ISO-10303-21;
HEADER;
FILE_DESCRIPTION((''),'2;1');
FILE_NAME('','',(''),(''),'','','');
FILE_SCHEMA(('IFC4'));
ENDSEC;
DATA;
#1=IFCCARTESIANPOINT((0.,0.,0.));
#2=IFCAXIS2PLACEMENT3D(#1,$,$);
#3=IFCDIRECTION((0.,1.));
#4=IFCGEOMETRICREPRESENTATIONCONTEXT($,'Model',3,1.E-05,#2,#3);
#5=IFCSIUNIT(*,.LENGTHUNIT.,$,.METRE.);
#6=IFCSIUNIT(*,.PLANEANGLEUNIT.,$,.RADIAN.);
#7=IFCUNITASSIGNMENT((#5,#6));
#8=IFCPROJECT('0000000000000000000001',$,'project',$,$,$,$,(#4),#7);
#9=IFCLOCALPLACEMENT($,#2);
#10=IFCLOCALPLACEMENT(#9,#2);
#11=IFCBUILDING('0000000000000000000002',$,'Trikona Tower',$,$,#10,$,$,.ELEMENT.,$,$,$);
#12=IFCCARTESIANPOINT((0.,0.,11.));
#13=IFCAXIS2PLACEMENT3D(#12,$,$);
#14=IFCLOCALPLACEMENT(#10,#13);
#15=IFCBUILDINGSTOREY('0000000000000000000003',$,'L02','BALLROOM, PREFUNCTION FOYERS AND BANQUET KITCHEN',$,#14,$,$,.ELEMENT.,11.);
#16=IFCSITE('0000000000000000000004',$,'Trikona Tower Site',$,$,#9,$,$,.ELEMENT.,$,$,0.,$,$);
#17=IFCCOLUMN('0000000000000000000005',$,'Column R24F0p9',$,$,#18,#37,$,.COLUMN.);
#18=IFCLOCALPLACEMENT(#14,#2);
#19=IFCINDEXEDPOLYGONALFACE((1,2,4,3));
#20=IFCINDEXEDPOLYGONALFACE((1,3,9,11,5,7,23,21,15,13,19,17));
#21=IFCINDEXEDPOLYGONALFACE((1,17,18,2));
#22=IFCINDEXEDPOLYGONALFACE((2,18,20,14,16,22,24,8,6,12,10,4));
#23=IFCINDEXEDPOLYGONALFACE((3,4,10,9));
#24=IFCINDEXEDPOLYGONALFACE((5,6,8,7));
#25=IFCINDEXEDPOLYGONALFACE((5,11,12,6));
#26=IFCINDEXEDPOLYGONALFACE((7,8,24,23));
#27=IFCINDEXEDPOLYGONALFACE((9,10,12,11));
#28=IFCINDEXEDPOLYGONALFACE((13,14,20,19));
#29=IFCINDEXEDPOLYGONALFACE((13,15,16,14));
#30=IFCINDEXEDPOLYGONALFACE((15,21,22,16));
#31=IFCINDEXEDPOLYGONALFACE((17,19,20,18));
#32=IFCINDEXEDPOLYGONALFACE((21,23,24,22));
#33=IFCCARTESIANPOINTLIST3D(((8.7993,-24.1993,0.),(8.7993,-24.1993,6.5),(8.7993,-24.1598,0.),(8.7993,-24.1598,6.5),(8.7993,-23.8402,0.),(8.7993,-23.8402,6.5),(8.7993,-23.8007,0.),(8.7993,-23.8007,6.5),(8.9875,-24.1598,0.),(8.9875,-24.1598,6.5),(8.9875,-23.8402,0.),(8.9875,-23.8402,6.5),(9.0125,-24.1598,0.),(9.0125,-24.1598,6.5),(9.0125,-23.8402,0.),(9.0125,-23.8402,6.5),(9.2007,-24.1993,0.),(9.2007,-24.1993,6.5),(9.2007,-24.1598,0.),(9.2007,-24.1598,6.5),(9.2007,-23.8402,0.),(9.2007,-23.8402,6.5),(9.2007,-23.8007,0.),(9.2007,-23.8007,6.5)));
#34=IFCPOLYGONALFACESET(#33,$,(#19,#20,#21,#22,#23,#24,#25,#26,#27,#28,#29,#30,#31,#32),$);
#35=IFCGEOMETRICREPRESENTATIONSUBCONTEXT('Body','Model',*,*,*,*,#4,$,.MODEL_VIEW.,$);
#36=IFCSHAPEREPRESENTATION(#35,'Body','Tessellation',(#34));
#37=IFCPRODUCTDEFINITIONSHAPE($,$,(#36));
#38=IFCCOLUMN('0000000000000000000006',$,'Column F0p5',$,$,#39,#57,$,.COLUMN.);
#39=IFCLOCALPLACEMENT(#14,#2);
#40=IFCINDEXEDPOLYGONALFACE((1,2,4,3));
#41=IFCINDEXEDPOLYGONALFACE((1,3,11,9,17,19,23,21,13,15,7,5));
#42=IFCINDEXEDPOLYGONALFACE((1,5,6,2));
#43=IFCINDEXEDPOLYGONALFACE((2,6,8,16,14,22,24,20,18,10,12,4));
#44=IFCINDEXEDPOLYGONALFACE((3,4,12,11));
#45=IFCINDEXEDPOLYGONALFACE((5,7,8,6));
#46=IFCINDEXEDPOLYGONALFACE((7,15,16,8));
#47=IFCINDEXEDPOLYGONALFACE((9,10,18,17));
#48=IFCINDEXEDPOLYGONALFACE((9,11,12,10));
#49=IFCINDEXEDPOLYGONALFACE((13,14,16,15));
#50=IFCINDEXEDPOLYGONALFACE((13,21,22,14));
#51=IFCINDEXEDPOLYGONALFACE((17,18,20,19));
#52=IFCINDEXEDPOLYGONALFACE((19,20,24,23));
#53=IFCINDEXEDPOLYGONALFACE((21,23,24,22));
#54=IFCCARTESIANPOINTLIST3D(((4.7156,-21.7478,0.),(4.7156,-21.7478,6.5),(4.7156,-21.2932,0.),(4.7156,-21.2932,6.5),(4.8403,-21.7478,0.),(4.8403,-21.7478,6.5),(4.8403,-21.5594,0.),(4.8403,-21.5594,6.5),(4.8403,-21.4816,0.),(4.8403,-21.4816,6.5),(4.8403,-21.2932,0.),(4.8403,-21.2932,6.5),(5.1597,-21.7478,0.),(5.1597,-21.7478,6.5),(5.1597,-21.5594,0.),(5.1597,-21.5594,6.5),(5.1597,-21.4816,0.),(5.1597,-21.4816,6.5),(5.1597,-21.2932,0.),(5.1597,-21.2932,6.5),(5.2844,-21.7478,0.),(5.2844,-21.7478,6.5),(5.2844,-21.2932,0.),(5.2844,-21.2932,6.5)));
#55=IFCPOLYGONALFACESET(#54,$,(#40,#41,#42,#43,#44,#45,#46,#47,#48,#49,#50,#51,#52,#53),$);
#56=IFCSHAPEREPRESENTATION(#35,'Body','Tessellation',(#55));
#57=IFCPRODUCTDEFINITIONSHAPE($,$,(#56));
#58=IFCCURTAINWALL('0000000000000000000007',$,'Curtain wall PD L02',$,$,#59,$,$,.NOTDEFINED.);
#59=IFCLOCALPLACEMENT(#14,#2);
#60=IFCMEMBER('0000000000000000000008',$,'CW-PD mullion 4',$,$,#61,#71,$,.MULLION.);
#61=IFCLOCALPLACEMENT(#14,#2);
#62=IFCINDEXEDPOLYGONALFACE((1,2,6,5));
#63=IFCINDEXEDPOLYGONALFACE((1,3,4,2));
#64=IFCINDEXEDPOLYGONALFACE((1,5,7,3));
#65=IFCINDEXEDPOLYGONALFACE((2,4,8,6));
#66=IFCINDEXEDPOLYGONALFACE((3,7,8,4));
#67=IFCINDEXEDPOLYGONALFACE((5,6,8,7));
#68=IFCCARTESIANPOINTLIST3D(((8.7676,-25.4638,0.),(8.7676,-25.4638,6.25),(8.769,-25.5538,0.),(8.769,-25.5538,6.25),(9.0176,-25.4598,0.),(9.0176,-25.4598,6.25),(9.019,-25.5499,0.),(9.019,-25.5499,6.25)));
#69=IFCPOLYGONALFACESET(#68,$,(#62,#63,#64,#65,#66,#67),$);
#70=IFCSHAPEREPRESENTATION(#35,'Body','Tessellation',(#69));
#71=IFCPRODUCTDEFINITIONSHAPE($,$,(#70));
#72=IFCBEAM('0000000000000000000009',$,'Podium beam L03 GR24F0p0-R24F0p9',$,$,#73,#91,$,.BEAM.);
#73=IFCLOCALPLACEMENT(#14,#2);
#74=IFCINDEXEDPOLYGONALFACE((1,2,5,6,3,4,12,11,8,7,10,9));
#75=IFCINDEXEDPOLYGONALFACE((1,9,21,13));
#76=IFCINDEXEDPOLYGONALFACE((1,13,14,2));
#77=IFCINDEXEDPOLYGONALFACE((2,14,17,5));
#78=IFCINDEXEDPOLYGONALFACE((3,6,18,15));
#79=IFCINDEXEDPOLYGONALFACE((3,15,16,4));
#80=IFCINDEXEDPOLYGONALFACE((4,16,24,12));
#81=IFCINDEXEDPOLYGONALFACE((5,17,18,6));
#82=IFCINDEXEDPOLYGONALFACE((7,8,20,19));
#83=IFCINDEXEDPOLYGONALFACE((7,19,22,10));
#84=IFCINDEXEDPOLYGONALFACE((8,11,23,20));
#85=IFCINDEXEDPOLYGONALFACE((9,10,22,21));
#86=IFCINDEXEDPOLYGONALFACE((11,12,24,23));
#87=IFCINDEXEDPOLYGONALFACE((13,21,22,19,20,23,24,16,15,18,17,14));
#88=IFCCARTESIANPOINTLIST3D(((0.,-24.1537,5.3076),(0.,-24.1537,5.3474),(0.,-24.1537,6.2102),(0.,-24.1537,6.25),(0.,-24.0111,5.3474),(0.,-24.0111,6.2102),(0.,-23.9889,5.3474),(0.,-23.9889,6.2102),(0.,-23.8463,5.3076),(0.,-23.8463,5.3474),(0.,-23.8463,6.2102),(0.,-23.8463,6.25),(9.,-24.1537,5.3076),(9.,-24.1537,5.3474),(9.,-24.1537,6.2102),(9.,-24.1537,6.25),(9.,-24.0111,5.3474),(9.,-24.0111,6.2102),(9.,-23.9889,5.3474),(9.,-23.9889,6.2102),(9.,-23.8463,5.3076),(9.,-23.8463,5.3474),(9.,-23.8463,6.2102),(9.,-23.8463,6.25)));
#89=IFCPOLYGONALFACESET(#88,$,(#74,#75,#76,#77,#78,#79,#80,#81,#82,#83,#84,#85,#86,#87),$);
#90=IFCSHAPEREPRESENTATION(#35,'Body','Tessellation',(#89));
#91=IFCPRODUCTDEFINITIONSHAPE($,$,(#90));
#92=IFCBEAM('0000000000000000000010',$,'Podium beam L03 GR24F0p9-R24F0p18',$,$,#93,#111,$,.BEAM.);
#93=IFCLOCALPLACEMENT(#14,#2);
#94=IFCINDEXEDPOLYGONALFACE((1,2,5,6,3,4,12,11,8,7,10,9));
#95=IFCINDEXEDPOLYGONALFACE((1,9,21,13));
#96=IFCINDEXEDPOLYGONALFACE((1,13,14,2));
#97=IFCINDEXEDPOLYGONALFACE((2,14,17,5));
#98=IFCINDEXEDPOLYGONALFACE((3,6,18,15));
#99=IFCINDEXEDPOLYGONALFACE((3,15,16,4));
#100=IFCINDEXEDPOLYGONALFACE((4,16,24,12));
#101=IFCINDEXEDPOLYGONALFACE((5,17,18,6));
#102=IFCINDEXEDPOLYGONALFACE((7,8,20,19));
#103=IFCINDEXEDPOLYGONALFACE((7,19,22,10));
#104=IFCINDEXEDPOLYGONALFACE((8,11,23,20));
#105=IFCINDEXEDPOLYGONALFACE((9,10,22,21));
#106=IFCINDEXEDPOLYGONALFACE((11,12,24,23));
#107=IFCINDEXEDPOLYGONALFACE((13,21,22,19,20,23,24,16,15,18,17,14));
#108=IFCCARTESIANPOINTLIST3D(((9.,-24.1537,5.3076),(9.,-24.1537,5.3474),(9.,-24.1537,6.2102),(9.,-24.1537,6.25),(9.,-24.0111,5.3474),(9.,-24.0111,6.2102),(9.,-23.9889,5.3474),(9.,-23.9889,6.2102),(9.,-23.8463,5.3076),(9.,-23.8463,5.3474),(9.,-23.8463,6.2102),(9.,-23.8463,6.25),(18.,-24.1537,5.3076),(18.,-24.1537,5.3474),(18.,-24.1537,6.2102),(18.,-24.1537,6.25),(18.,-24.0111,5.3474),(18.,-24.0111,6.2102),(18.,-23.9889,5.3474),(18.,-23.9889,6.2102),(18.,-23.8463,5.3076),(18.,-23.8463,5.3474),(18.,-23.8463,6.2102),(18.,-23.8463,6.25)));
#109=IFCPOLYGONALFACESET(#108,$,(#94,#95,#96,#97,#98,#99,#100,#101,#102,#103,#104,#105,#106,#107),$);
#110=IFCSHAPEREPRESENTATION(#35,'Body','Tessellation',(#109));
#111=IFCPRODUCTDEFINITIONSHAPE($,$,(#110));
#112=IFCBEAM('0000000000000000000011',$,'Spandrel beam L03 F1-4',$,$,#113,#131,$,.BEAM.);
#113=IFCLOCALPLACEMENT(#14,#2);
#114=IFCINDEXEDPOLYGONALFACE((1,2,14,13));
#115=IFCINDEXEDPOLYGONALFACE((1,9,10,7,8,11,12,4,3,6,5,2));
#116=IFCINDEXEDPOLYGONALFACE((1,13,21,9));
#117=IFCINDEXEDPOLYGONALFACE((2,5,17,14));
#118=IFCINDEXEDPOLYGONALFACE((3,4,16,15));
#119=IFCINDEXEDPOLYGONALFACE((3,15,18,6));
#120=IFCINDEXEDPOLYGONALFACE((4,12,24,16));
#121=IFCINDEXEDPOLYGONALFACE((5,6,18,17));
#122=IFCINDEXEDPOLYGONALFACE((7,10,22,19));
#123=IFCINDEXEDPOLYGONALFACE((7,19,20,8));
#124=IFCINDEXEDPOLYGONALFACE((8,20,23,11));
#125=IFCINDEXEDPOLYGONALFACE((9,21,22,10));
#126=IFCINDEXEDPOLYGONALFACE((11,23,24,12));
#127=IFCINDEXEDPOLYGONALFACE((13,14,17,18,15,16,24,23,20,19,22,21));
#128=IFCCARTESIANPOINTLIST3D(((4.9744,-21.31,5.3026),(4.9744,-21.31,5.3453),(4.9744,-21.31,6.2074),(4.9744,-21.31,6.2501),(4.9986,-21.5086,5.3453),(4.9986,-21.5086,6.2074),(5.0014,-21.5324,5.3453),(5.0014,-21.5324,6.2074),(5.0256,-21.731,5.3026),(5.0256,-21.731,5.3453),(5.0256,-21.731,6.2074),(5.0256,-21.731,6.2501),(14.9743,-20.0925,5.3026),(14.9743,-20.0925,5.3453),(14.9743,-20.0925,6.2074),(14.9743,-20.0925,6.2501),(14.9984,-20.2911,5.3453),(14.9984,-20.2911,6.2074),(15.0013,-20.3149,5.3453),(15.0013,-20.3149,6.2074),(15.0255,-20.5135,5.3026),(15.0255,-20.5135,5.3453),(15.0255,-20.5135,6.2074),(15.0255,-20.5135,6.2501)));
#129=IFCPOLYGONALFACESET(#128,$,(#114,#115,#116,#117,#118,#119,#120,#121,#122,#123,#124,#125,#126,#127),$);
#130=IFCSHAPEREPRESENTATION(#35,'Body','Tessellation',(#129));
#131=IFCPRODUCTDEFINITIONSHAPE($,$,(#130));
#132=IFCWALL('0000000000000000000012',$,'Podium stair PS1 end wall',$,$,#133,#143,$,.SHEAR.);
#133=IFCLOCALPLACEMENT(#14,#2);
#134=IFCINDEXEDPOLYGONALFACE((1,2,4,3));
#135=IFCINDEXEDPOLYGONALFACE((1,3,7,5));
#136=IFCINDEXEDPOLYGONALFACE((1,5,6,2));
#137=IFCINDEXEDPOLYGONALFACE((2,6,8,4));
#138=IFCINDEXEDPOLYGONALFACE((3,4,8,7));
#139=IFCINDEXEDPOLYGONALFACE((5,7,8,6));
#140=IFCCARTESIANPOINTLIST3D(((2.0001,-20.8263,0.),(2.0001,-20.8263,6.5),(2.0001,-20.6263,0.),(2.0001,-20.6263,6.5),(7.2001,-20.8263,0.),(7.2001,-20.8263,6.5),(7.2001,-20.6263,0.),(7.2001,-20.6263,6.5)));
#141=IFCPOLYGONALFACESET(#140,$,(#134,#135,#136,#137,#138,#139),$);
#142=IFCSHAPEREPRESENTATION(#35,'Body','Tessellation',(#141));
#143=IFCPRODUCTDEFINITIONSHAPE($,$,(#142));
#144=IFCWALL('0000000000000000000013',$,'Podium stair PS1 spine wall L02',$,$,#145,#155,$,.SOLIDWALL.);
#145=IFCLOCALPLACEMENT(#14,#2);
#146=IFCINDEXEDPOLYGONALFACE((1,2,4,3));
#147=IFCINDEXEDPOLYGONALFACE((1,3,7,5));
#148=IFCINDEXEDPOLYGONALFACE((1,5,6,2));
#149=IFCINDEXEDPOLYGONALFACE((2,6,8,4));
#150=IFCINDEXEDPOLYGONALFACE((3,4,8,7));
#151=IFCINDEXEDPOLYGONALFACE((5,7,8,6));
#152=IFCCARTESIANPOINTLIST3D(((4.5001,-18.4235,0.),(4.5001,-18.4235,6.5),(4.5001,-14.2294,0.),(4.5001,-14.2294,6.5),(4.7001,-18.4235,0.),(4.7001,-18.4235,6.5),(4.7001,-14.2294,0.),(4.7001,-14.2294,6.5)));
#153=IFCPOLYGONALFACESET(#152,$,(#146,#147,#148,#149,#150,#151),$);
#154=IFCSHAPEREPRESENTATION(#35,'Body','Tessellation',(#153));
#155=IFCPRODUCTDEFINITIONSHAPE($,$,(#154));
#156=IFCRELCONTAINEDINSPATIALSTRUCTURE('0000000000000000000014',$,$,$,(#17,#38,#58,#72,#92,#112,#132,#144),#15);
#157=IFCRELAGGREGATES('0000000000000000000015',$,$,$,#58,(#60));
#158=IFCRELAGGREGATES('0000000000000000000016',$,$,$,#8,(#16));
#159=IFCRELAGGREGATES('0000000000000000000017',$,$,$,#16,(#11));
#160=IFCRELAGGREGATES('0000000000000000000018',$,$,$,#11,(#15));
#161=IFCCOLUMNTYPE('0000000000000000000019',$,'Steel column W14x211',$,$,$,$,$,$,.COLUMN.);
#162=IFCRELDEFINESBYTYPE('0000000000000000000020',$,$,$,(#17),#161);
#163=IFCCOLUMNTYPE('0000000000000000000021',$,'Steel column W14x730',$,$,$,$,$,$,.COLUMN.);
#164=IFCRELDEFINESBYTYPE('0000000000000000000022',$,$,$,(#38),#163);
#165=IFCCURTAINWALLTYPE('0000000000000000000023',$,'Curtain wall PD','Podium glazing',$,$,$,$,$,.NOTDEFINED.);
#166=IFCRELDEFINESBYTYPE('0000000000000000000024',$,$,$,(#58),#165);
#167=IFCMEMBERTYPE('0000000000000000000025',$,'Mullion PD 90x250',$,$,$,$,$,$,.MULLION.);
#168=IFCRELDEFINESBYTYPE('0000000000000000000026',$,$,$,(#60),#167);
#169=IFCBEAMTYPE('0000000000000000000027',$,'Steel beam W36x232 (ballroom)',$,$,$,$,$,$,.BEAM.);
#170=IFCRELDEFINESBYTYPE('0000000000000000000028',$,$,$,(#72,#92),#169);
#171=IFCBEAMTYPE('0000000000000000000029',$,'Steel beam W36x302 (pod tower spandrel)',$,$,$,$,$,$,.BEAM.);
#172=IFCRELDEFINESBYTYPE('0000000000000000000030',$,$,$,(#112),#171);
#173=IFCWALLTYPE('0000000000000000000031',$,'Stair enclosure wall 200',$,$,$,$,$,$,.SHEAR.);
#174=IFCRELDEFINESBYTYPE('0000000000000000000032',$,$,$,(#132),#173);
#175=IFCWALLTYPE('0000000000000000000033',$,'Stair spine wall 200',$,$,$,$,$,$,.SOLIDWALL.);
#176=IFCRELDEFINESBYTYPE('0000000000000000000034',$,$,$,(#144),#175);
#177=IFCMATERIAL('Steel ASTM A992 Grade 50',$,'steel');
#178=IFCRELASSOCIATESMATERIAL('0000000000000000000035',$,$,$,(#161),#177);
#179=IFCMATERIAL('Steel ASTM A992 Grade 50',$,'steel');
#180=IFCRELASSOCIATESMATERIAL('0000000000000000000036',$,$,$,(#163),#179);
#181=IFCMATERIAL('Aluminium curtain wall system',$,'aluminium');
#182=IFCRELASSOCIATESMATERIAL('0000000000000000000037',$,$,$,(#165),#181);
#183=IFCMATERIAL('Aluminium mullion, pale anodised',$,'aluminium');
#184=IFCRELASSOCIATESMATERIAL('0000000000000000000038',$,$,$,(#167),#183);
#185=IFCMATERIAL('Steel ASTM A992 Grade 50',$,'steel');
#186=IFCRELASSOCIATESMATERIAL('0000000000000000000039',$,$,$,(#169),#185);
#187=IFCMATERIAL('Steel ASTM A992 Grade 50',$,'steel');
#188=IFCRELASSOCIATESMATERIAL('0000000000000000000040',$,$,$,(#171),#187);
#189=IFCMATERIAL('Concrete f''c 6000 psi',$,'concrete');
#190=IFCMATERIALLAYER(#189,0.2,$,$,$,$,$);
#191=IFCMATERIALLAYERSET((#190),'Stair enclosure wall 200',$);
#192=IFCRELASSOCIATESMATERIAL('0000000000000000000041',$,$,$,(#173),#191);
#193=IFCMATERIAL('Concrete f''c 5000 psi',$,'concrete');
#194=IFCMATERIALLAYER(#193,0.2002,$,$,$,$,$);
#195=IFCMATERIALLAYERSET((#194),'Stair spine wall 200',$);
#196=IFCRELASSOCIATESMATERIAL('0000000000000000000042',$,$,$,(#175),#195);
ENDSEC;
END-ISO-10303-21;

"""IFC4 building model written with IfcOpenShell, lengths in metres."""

from ifc_helpers import new_model, si_unit, direction, frame, frame_2d, origin, origin_2d, place, context, subcontext, project, spatial, rectangle, i_section, extrude, material, layer, layer_set, material_profile, profile_set, type_object, element, aggregate, save


model = new_model("IFC4")

# Units and contexts
model_context = context("Model", 3, precision=1e-05, world=origin(), true_north=direction((0.0, 1.0)))
body_context = subcontext(model_context, "Body", "Model", "MODEL_VIEW")
ifc_project = project(units=[si_unit("LENGTHUNIT", "METRE"), si_unit("PLANEANGLEUNIT", "RADIAN")], contexts=[model_context])

# Site, building, storey
site_placement = place(None, origin())
site = spatial("IfcSite", under=ifc_project, at=site_placement, Name="Trikona Tower Site", CompositionType="ELEMENT", RefElevation=0.0)
building_placement = place(site_placement, origin())
building = spatial("IfcBuilding", under=site, at=building_placement, Name="Trikona Tower", CompositionType="ELEMENT")
storey_placement = place(building_placement, frame((0.0, 0.0, 11.0)))
storey = spatial("IfcBuildingStorey", under=building, at=storey_placement, Name="L02", Description="BALLROOM, PREFUNCTION FOYERS AND BANQUET KITCHEN", CompositionType="ELEMENT", Elevation=11.0)

# Columns
ifc_material_1 = material(Name="Steel ASTM A992 Grade 50", Category="steel")
ifc_material_profile_1 = material_profile(ifc_material_1, i_section(OverallWidth=0.4014, OverallDepth=0.3987, WebThickness=0.0249, FlangeThickness=0.0396, at=origin_2d()), Name="W14X211")
ifc_profile_set_1 = profile_set([ifc_material_profile_1], Name="Steel ASTM A992 Grade 50")
column_type_1 = type_object("IfcColumnType", Name="Steel column W14x211", PredefinedType="COLUMN", material=ifc_profile_set_1)
column_1_placement = place(storey_placement, frame((9.0, -24.0, 0.0), z_axis=(0.0, 0.0, 1.0), x_axis=(1.0, 0.0, 0.0)))
element("IfcColumn", 1, at=column_1_placement, inside=storey, type_object=column_type_1, Name="Column R24F0p9", PredefinedType="COLUMN", context=body_context, shape_type="SweptSolid", body=[
    extrude(i_section(OverallWidth=0.4014, OverallDepth=0.3987, WebThickness=0.0249, FlangeThickness=0.0396, at=origin_2d()), origin(), (0.0, 0.0, 1.0), 6.5),
])
ifc_material_2 = material(Name="Steel ASTM A992 Grade 50", Category="steel")
ifc_material_profile_2 = material_profile(ifc_material_2, i_section(OverallWidth=0.4546, OverallDepth=0.5688, WebThickness=0.0779, FlangeThickness=0.1248, at=origin_2d()), Name="W14X730")
ifc_profile_set_2 = profile_set([ifc_material_profile_2], Name="Steel ASTM A992 Grade 50")
column_type_2 = type_object("IfcColumnType", Name="Steel column W14x730", PredefinedType="COLUMN", material=ifc_profile_set_2)
column_2_placement = place(storey_placement, frame((5.0, -21.5205, 0.0), z_axis=(0.0, 0.0, 1.0), x_axis=(0.0, -1.0, 0.0)))
element("IfcColumn", 2, at=column_2_placement, inside=storey, type_object=column_type_2, Name="Column F0p5", PredefinedType="COLUMN", context=body_context, shape_type="SweptSolid", body=[
    extrude(i_section(OverallWidth=0.4546, OverallDepth=0.5688, WebThickness=0.0779, FlangeThickness=0.1248, at=origin_2d()), origin(), (0.0, 0.0, 1.0), 6.5),
])

# Curtain wall, member
ifc_material_3 = material(Name="Aluminium curtain wall system", Category="aluminium")
curtain_wall_type = type_object("IfcCurtainWallType", Name="Curtain wall PD", Description="Podium glazing", PredefinedType="NOTDEFINED", material=ifc_material_3)
curtain_wall_placement = place(storey_placement, origin())
curtain_wall = element("IfcCurtainWall", 3, at=curtain_wall_placement, inside=storey, type_object=curtain_wall_type, Name="Curtain wall PD L02", PredefinedType="NOTDEFINED")
ifc_material_4 = material(Name="Aluminium mullion, pale anodised", Category="aluminium")
ifc_material_profile_3 = material_profile(ifc_material_4, rectangle(XDim=0.0901, YDim=0.25, at=origin_2d()), Name="MUL-PD")
ifc_profile_set_3 = profile_set([ifc_material_profile_3], Name="Aluminium mullion, pale anodised")
member_type = type_object("IfcMemberType", Name="Mullion PD 90x250", PredefinedType="MULLION", material=ifc_profile_set_3)
member_placement = place(storey_placement, frame((8.8933, -25.5068, 0.0), z_axis=(0.0, 0.0, 1.0), x_axis=(-0.015651, 0.999878, 0.0)))
member = element("IfcMember", 4, at=member_placement, type_object=member_type, Name="CW-PD mullion 4", PredefinedType="MULLION", context=body_context, shape_type="SweptSolid", body=[
    extrude(rectangle(XDim=0.0901, YDim=0.25, at=origin_2d()), origin(), (0.0, 0.0, 1.0), 6.25),
])
aggregate(curtain_wall, [member])

# Beams
ifc_material_5 = material(Name="Steel ASTM A992 Grade 50", Category="steel")
ifc_material_profile_4 = material_profile(ifc_material_5, i_section(OverallWidth=0.3074, OverallDepth=0.9424, WebThickness=0.0222, FlangeThickness=0.0398, at=origin_2d()), Name="W36X232")
ifc_profile_set_4 = profile_set([ifc_material_profile_4], Name="Steel ASTM A992 Grade 50")
beam_type_1 = type_object("IfcBeamType", Name="Steel beam W36x232 (ballroom)", PredefinedType="BEAM", material=ifc_profile_set_4)
for number, where, z_axis, x_axis, name in (
    (5, (0.0, -24.0, 5.7788), (1.0, 0.0, 0.0), (0.0, 1.0, 0.0), "Podium beam L03 GR24F0p0-R24F0p9"),
    (6, (9.0, -24.0, 5.7788), (1.0, 0.0, 0.0), (0.0, 1.0, 0.0), "Podium beam L03 GR24F0p9-R24F0p18"),
):
    element("IfcBeam", number, at=place(storey_placement, frame(where, z_axis=z_axis, x_axis=x_axis)), inside=storey, type_object=beam_type_1, Name=name, PredefinedType="BEAM", context=body_context, shape_type="SweptSolid", body=[
        extrude(i_section(OverallWidth=0.3074, OverallDepth=0.9424, WebThickness=0.0222, FlangeThickness=0.0398, at=origin_2d()), origin(), (0.0, 0.0, 1.0), 9.0),
    ])
ifc_material_6 = material(Name="Steel ASTM A992 Grade 50", Category="steel")
ifc_material_profile_5 = material_profile(ifc_material_6, i_section(OverallWidth=0.4241, OverallDepth=0.9475, WebThickness=0.0239, FlangeThickness=0.0427, at=origin_2d()), Name="W36X302")
ifc_profile_set_5 = profile_set([ifc_material_profile_5], Name="Steel ASTM A992 Grade 50")
beam_type_2 = type_object("IfcBeamType", Name="Steel beam W36x302 (pod tower spandrel)", PredefinedType="BEAM", material=ifc_profile_set_5)
beam_placement = place(storey_placement, frame((5.0, -21.5205, 5.7764), z_axis=(0.99267, 0.12086, 0.0), x_axis=(-0.12086, 0.99267, 0.0)))
element("IfcBeam", 7, at=beam_placement, inside=storey, type_object=beam_type_2, Name="Spandrel beam L03 F1-4", PredefinedType="BEAM", context=body_context, shape_type="SweptSolid", body=[
    extrude(i_section(OverallWidth=0.4241, OverallDepth=0.9475, WebThickness=0.0239, FlangeThickness=0.0427, at=origin_2d()), origin(), (0.0, 0.0, 1.0), 10.0737),
])

# Walls
ifc_material_7 = material(Name="Concrete f'c 6000 psi", Category="concrete")
ifc_layer_1 = layer(ifc_material_7, 0.2)
ifc_layer_set_1 = layer_set([ifc_layer_1], Name="Stair enclosure wall 200")
wall_type_1 = type_object("IfcWallType", Name="Stair enclosure wall 200", PredefinedType="SHEAR", material=ifc_layer_set_1)
wall_1_placement = place(storey_placement, frame((2.0, -20.7263, 0.0), z_axis=(0.0, 0.0, 1.0), x_axis=(1.0, 0.0, 0.0)))
element("IfcWall", 8, at=wall_1_placement, inside=storey, type_object=wall_type_1, Name="Podium stair PS1 end wall", PredefinedType="SHEAR", context=body_context, shape_type="SweptSolid", body=[
    extrude(rectangle(XDim=5.2, YDim=0.2, at=frame_2d((2.6001, 0.0))), origin(), (0.0, 0.0, 1.0), 6.5),
])
ifc_material_8 = material(Name="Concrete f'c 5000 psi", Category="concrete")
ifc_layer_2 = layer(ifc_material_8, 0.2002)
ifc_layer_set_2 = layer_set([ifc_layer_2], Name="Stair spine wall 200")
wall_type_2 = type_object("IfcWallType", Name="Stair spine wall 200", PredefinedType="SOLIDWALL", material=ifc_layer_set_2)
wall_2_placement = place(storey_placement, frame((4.6001, -14.2292, 0.0), z_axis=(0.0, 0.0, 1.0), x_axis=(0.0, -1.0, 0.0)))
element("IfcWall", 9, at=wall_2_placement, inside=storey, type_object=wall_type_2, Name="Podium stair PS1 spine wall L02", PredefinedType="SOLIDWALL", context=body_context, shape_type="SweptSolid", body=[
    extrude(rectangle(XDim=4.1941, YDim=0.2, at=frame_2d((2.0972, 0.0))), origin(), (0.0, 0.0, 1.0), 6.5),
])

save(model, "model.ifc")
